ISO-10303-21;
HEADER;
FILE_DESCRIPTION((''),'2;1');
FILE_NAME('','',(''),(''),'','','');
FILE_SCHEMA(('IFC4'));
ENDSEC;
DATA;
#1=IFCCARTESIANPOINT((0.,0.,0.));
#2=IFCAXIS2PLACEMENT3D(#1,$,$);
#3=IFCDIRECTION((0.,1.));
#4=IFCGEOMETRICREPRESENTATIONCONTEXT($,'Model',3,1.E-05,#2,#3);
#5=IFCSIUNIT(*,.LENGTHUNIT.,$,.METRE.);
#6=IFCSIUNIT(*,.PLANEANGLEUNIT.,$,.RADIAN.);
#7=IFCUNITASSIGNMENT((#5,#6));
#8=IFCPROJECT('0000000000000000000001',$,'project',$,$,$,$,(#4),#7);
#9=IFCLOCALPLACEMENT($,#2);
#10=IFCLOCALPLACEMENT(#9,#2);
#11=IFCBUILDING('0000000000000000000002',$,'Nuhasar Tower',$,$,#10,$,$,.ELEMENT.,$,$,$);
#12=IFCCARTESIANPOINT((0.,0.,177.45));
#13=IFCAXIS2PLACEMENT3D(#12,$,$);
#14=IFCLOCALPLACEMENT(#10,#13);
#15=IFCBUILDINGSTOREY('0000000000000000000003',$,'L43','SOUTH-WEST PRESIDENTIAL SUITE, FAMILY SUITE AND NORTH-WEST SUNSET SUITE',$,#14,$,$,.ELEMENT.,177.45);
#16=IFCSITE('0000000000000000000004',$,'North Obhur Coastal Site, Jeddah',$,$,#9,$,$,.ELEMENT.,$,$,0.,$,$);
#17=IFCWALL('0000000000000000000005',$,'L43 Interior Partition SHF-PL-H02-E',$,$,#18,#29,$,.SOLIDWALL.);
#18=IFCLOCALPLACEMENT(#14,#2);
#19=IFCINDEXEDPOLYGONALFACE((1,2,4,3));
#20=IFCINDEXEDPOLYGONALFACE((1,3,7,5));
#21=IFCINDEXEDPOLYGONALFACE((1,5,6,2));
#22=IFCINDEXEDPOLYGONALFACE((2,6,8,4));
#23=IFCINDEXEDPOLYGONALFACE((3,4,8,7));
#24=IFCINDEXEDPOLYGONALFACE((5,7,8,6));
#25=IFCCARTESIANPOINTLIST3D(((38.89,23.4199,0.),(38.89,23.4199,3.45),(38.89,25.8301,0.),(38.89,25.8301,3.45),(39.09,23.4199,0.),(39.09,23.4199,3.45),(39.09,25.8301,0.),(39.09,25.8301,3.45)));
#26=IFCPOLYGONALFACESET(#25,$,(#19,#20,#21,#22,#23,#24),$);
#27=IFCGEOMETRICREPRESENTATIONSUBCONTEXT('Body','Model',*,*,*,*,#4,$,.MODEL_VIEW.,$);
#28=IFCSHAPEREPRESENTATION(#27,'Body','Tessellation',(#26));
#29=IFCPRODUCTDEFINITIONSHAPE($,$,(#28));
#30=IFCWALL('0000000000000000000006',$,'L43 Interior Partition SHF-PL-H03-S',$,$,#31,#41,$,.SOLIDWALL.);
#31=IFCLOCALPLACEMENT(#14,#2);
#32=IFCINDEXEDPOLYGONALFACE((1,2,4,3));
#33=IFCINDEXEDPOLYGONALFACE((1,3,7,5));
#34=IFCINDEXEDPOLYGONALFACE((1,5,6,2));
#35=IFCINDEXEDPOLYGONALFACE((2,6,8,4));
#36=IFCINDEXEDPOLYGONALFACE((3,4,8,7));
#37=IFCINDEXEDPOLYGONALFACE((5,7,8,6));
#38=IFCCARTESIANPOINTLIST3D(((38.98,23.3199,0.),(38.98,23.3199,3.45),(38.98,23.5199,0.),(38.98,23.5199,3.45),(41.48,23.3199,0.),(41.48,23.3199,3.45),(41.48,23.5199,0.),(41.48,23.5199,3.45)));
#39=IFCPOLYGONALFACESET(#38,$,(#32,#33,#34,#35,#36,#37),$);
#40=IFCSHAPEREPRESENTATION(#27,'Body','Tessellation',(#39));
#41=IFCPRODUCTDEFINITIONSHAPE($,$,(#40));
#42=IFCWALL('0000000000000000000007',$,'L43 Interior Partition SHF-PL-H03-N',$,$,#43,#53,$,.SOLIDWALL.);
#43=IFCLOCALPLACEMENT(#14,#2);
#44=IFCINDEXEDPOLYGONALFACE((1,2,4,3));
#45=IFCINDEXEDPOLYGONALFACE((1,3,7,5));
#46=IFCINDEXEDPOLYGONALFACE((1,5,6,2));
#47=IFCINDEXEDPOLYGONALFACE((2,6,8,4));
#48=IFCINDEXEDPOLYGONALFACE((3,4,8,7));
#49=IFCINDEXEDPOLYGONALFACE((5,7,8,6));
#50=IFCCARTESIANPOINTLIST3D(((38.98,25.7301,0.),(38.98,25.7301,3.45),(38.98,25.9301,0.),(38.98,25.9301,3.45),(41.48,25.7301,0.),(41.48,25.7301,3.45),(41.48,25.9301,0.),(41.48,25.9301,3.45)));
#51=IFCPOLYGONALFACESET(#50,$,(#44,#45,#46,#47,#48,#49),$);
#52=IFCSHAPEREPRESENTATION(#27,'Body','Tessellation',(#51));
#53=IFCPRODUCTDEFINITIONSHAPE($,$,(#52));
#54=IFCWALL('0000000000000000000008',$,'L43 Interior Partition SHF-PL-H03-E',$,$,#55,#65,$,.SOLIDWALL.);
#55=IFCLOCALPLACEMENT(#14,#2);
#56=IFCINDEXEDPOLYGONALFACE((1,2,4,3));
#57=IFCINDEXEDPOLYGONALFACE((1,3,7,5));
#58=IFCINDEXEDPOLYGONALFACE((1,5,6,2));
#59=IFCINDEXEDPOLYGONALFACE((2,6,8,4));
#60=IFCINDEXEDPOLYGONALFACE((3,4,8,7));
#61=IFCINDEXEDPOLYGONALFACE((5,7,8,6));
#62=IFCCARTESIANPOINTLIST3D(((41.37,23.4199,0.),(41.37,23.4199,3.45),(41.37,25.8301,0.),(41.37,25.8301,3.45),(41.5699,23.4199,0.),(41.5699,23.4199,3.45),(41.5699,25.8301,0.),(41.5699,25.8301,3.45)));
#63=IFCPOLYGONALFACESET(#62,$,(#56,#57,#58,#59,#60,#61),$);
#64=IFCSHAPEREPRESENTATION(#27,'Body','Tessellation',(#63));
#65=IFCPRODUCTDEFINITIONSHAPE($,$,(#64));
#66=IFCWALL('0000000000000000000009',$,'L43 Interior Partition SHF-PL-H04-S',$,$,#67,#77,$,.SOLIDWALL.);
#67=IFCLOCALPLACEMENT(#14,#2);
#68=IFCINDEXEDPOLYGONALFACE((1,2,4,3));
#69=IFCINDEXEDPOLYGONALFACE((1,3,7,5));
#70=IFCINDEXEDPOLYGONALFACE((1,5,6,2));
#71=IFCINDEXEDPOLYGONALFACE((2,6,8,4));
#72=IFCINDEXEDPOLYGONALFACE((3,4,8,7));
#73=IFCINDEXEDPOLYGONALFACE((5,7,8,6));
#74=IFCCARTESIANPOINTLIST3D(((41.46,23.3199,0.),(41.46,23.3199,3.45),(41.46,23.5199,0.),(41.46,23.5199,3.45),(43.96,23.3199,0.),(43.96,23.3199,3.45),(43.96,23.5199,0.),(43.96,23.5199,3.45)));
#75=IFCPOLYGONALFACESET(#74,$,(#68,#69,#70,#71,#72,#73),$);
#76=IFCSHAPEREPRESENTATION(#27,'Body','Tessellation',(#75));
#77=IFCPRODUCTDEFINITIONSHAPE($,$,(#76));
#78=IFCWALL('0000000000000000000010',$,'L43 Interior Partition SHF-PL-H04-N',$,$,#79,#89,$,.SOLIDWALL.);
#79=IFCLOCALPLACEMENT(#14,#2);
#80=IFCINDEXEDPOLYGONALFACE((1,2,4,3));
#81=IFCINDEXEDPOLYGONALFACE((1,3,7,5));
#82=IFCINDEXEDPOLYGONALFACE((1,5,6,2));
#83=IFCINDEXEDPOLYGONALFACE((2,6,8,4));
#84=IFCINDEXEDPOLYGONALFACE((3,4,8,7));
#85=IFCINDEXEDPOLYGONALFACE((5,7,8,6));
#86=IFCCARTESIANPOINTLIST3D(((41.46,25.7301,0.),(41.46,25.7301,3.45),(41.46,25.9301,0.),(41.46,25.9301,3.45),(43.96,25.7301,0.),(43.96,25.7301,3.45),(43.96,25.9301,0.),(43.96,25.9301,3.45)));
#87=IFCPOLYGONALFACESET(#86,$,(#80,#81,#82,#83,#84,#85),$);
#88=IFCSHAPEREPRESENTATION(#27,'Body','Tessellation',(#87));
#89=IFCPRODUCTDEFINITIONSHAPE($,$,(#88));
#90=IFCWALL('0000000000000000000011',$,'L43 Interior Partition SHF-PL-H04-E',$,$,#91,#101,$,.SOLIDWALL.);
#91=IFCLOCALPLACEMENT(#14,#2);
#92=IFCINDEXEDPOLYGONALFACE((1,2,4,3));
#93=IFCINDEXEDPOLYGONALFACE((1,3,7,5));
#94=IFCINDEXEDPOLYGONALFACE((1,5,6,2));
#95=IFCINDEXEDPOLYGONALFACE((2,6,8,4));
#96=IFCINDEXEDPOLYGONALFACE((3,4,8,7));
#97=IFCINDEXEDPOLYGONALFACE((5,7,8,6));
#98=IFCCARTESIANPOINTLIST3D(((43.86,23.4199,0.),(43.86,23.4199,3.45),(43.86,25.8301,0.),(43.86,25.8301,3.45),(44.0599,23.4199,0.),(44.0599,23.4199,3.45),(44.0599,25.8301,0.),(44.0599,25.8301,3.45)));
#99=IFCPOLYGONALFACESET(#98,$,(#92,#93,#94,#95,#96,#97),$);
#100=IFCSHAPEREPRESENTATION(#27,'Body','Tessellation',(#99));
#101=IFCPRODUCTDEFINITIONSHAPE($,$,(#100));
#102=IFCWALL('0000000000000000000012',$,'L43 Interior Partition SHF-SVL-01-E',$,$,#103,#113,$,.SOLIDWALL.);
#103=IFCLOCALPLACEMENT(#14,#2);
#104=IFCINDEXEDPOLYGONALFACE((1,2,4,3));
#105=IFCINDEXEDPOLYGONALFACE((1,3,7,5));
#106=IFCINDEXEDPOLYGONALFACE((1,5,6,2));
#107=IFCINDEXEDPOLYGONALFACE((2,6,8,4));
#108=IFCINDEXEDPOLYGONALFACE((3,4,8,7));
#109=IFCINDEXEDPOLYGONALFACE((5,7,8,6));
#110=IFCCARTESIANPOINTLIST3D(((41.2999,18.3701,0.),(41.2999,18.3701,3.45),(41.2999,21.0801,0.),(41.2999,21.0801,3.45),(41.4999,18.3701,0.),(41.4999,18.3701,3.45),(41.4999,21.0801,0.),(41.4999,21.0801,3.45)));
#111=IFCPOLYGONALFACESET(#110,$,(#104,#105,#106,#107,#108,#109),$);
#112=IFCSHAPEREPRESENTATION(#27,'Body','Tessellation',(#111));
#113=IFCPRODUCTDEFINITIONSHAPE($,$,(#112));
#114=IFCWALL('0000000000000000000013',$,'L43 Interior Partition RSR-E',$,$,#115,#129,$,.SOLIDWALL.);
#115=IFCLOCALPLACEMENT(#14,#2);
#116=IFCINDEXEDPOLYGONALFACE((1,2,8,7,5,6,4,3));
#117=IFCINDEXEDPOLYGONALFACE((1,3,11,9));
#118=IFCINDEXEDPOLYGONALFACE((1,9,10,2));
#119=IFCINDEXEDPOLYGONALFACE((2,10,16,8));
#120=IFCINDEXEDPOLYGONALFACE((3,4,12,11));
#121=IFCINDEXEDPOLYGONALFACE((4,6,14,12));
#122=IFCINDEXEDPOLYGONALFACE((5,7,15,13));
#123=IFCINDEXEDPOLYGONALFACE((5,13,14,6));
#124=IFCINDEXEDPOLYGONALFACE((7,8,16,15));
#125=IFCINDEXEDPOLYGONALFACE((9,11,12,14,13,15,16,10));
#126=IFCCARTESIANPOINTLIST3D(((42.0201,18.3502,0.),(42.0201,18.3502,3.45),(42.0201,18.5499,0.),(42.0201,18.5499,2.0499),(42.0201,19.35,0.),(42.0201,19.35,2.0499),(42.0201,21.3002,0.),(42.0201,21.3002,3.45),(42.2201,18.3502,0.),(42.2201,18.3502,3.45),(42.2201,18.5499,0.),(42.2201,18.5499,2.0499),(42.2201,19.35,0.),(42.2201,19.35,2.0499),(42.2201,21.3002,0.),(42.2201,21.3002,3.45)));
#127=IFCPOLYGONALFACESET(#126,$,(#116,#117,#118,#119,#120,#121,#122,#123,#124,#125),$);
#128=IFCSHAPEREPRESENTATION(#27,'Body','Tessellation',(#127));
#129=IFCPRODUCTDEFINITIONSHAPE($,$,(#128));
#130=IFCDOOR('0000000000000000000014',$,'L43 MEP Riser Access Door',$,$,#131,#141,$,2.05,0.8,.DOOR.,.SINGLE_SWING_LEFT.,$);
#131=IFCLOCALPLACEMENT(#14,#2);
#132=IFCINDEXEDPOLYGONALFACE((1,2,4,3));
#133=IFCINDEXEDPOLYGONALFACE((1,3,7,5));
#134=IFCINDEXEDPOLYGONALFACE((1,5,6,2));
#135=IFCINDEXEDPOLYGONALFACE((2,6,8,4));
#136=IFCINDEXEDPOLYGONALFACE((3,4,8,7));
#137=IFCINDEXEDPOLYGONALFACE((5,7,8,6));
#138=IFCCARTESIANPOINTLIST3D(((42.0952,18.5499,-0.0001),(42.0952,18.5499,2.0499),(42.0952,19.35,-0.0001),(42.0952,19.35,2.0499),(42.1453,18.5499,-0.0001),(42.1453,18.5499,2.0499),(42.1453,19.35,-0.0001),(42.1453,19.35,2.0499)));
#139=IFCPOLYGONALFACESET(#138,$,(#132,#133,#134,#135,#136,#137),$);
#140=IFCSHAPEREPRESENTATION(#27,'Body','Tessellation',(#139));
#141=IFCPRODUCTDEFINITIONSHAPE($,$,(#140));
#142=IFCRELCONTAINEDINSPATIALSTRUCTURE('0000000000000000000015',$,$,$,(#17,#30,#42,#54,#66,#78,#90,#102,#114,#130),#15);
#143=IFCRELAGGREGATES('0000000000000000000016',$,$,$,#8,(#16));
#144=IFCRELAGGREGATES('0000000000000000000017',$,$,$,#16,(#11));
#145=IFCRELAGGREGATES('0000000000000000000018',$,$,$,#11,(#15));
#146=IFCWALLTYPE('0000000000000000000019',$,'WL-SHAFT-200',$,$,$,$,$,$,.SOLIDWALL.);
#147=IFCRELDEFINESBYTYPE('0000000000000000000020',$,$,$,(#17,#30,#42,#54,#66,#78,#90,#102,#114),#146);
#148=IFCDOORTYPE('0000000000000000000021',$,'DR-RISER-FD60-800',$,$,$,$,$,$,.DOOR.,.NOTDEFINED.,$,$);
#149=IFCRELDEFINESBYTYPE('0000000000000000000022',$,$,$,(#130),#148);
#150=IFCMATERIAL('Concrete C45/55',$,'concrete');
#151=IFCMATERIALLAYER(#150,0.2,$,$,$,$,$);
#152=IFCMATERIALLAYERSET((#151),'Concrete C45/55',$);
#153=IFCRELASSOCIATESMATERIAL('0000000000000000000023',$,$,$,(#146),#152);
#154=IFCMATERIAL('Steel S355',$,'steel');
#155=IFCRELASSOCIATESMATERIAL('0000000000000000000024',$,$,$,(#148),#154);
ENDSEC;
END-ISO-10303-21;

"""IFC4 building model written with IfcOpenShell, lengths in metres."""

from ifc_helpers import new_model, si_unit, direction, frame, frame_2d, origin, place, context, subcontext, project, spatial, rectangle, extrude, material, layer, layer_set, type_object, element, fill, save


model = new_model("IFC4")

# Units and contexts
model_context = context("Model", 3, precision=1e-05, world=origin(), true_north=direction((0.0, 1.0)))
body_context = subcontext(model_context, "Body", "Model", "MODEL_VIEW")
ifc_project = project(units=[si_unit("LENGTHUNIT", "METRE"), si_unit("PLANEANGLEUNIT", "RADIAN")], contexts=[model_context])

# Site, building, storey
site_placement = place(None, origin())
site = spatial("IfcSite", under=ifc_project, at=site_placement, Name="North Obhur Coastal Site, Jeddah", CompositionType="ELEMENT", RefElevation=0.0)
building_placement = place(site_placement, origin())
building = spatial("IfcBuilding", under=site, at=building_placement, Name="Nuhasar Tower", CompositionType="ELEMENT")
storey_placement = place(building_placement, frame((0.0, 0.0, 177.45)))
storey = spatial("IfcBuildingStorey", under=building, at=storey_placement, Name="L43", Description="SOUTH-WEST PRESIDENTIAL SUITE, FAMILY SUITE AND NORTH-WEST SUNSET SUITE", CompositionType="ELEMENT", Elevation=177.45)

# Shared definitions
ifc_material_1 = material(Name="Steel S355", Category="steel")

# Shared definitions
ifc_material_2 = material(Name="Concrete C45/55", Category="concrete")

# Shared definitions
ifc_layer_1 = layer(ifc_material_2, 0.2)
ifc_layer_set_1 = layer_set([ifc_layer_1], Name="Concrete C45/55")
wall_type_1 = type_object("IfcWallType", Name="WL-SHAFT-200", PredefinedType="SOLIDWALL", material=ifc_layer_set_1)

# Walls
wall_1_placement = place(storey_placement, frame((38.99, 23.4199, 0.0), z_axis=(0.0, 0.0, 1.0), x_axis=(0.0, 1.0, 0.0)))
element("IfcWall", 1, at=wall_1_placement, inside=storey, type_object=wall_type_1, Name="L43 Interior Partition SHF-PL-H02-E", PredefinedType="SOLIDWALL", context=body_context, shape_type="SweptSolid", body=[
    extrude(rectangle(XDim=2.4102, YDim=0.2, at=frame_2d((1.2051, 0.0))), origin(), (0.0, 0.0, 1.0), 3.45),
])
for number, where, z_axis, x_axis, name in (
    (2, (38.98, 23.4199, 0.0), (0.0, 0.0, 1.0), (1.0, 0.0, 0.0), "L43 Interior Partition SHF-PL-H03-S"),
    (3, (38.98, 25.8301, 0.0), (0.0, 0.0, 1.0), (1.0, 0.0, 0.0), "L43 Interior Partition SHF-PL-H03-N"),
):
    element("IfcWall", number, at=place(storey_placement, frame(where, z_axis=z_axis, x_axis=x_axis)), inside=storey, type_object=wall_type_1, Name=name, PredefinedType="SOLIDWALL", context=body_context, shape_type="SweptSolid", body=[
        extrude(rectangle(XDim=2.5, YDim=0.2, at=frame_2d((1.25, 0.0))), origin(), (0.0, 0.0, 1.0), 3.45),
    ])
wall_2_placement = place(storey_placement, frame((41.47, 23.4199, 0.0), z_axis=(0.0, 0.0, 1.0), x_axis=(0.0, 1.0, 0.0)))
element("IfcWall", 4, at=wall_2_placement, inside=storey, type_object=wall_type_1, Name="L43 Interior Partition SHF-PL-H03-E", PredefinedType="SOLIDWALL", context=body_context, shape_type="SweptSolid", body=[
    extrude(rectangle(XDim=2.4102, YDim=0.2, at=frame_2d((1.2051, 0.0))), origin(), (0.0, 0.0, 1.0), 3.45),
])
for number, where, z_axis, x_axis, name in (
    (5, (41.46, 23.4199, 0.0), (0.0, 0.0, 1.0), (1.0, 0.0, 0.0), "L43 Interior Partition SHF-PL-H04-S"),
    (6, (41.46, 25.8301, 0.0), (0.0, 0.0, 1.0), (1.0, 0.0, 0.0), "L43 Interior Partition SHF-PL-H04-N"),
):
    element("IfcWall", number, at=place(storey_placement, frame(where, z_axis=z_axis, x_axis=x_axis)), inside=storey, type_object=wall_type_1, Name=name, PredefinedType="SOLIDWALL", context=body_context, shape_type="SweptSolid", body=[
        extrude(rectangle(XDim=2.5, YDim=0.2, at=frame_2d((1.25, 0.0))), origin(), (0.0, 0.0, 1.0), 3.45),
    ])
wall_3_placement = place(storey_placement, frame((43.96, 23.4199, 0.0), z_axis=(0.0, 0.0, 1.0), x_axis=(0.0, 1.0, 0.0)))
element("IfcWall", 7, at=wall_3_placement, inside=storey, type_object=wall_type_1, Name="L43 Interior Partition SHF-PL-H04-E", PredefinedType="SOLIDWALL", context=body_context, shape_type="SweptSolid", body=[
    extrude(rectangle(XDim=2.4102, YDim=0.2, at=frame_2d((1.2051, 0.0))), origin(), (0.0, 0.0, 1.0), 3.45),
])
wall_4_placement = place(storey_placement, frame((41.3999, 18.3701, 0.0), z_axis=(0.0, 0.0, 1.0), x_axis=(0.0, 1.0, 0.0)))
element("IfcWall", 8, at=wall_4_placement, inside=storey, type_object=wall_type_1, Name="L43 Interior Partition SHF-SVL-01-E", PredefinedType="SOLIDWALL", context=body_context, shape_type="SweptSolid", body=[
    extrude(rectangle(XDim=2.71, YDim=0.2, at=frame_2d((1.355, 0.0))), origin(), (0.0, 0.0, 1.0), 3.45),
])

# Wall, opening, door
wall_5_placement = place(storey_placement, frame((42.1201, 18.3501, 0.0), z_axis=(0.0, 0.0, 1.0), x_axis=(0.0, 1.0, 0.0)))
wall_5 = element("IfcWall", 9, at=wall_5_placement, inside=storey, type_object=wall_type_1, Name="L43 Interior Partition RSR-E", PredefinedType="SOLIDWALL", context=body_context, shape_type="SweptSolid", body=[
    extrude(rectangle(XDim=2.95, YDim=0.2, at=frame_2d((1.4751, 0.0))), origin(), (0.0, 0.0, 1.0), 3.45),
])
opening_1_placement = place(wall_5_placement, frame((0.2, 0.0, 0.0)))
opening_1 = element("IfcOpeningElement", 10, at=opening_1_placement, cuts=wall_5, PredefinedType="OPENING", context=body_context, shape_type="SweptSolid", body=[
    extrude(rectangle(XDim=0.8, YDim=2.05, at=frame_2d((0.3999, 1.0249))), frame((0.0, 0.1099, 0.0), z_axis=(0.0, -1.0, 0.0), x_axis=(1.0, 0.0, 0.0)), (0.0, 0.0, 1.0), 0.22),
])
door_type_1 = type_object("IfcDoorType", Name="DR-RISER-FD60-800", OperationType="NOTDEFINED", PredefinedType="DOOR", material=ifc_material_1)
door_1_placement = place(opening_1_placement, origin())
door_1 = element("IfcDoor", 11, at=door_1_placement, inside=storey, type_object=door_type_1, Name="L43 MEP Riser Access Door", OperationType="SINGLE_SWING_LEFT", OverallHeight=2.05, OverallWidth=0.8, PredefinedType="DOOR", context=body_context, shape_type="SweptSolid", body=[
    extrude(rectangle(XDim=0.8, YDim=2.05, at=frame_2d((0.3999, 1.0249))), frame((0.0, 0.0249, 0.0), z_axis=(0.0, -1.0, 0.0), x_axis=(1.0, 0.0, 0.0)), (0.0, 0.0, 1.0), 0.05),
])
fill(opening_1, door_1)

save(model, "model.ifc")
